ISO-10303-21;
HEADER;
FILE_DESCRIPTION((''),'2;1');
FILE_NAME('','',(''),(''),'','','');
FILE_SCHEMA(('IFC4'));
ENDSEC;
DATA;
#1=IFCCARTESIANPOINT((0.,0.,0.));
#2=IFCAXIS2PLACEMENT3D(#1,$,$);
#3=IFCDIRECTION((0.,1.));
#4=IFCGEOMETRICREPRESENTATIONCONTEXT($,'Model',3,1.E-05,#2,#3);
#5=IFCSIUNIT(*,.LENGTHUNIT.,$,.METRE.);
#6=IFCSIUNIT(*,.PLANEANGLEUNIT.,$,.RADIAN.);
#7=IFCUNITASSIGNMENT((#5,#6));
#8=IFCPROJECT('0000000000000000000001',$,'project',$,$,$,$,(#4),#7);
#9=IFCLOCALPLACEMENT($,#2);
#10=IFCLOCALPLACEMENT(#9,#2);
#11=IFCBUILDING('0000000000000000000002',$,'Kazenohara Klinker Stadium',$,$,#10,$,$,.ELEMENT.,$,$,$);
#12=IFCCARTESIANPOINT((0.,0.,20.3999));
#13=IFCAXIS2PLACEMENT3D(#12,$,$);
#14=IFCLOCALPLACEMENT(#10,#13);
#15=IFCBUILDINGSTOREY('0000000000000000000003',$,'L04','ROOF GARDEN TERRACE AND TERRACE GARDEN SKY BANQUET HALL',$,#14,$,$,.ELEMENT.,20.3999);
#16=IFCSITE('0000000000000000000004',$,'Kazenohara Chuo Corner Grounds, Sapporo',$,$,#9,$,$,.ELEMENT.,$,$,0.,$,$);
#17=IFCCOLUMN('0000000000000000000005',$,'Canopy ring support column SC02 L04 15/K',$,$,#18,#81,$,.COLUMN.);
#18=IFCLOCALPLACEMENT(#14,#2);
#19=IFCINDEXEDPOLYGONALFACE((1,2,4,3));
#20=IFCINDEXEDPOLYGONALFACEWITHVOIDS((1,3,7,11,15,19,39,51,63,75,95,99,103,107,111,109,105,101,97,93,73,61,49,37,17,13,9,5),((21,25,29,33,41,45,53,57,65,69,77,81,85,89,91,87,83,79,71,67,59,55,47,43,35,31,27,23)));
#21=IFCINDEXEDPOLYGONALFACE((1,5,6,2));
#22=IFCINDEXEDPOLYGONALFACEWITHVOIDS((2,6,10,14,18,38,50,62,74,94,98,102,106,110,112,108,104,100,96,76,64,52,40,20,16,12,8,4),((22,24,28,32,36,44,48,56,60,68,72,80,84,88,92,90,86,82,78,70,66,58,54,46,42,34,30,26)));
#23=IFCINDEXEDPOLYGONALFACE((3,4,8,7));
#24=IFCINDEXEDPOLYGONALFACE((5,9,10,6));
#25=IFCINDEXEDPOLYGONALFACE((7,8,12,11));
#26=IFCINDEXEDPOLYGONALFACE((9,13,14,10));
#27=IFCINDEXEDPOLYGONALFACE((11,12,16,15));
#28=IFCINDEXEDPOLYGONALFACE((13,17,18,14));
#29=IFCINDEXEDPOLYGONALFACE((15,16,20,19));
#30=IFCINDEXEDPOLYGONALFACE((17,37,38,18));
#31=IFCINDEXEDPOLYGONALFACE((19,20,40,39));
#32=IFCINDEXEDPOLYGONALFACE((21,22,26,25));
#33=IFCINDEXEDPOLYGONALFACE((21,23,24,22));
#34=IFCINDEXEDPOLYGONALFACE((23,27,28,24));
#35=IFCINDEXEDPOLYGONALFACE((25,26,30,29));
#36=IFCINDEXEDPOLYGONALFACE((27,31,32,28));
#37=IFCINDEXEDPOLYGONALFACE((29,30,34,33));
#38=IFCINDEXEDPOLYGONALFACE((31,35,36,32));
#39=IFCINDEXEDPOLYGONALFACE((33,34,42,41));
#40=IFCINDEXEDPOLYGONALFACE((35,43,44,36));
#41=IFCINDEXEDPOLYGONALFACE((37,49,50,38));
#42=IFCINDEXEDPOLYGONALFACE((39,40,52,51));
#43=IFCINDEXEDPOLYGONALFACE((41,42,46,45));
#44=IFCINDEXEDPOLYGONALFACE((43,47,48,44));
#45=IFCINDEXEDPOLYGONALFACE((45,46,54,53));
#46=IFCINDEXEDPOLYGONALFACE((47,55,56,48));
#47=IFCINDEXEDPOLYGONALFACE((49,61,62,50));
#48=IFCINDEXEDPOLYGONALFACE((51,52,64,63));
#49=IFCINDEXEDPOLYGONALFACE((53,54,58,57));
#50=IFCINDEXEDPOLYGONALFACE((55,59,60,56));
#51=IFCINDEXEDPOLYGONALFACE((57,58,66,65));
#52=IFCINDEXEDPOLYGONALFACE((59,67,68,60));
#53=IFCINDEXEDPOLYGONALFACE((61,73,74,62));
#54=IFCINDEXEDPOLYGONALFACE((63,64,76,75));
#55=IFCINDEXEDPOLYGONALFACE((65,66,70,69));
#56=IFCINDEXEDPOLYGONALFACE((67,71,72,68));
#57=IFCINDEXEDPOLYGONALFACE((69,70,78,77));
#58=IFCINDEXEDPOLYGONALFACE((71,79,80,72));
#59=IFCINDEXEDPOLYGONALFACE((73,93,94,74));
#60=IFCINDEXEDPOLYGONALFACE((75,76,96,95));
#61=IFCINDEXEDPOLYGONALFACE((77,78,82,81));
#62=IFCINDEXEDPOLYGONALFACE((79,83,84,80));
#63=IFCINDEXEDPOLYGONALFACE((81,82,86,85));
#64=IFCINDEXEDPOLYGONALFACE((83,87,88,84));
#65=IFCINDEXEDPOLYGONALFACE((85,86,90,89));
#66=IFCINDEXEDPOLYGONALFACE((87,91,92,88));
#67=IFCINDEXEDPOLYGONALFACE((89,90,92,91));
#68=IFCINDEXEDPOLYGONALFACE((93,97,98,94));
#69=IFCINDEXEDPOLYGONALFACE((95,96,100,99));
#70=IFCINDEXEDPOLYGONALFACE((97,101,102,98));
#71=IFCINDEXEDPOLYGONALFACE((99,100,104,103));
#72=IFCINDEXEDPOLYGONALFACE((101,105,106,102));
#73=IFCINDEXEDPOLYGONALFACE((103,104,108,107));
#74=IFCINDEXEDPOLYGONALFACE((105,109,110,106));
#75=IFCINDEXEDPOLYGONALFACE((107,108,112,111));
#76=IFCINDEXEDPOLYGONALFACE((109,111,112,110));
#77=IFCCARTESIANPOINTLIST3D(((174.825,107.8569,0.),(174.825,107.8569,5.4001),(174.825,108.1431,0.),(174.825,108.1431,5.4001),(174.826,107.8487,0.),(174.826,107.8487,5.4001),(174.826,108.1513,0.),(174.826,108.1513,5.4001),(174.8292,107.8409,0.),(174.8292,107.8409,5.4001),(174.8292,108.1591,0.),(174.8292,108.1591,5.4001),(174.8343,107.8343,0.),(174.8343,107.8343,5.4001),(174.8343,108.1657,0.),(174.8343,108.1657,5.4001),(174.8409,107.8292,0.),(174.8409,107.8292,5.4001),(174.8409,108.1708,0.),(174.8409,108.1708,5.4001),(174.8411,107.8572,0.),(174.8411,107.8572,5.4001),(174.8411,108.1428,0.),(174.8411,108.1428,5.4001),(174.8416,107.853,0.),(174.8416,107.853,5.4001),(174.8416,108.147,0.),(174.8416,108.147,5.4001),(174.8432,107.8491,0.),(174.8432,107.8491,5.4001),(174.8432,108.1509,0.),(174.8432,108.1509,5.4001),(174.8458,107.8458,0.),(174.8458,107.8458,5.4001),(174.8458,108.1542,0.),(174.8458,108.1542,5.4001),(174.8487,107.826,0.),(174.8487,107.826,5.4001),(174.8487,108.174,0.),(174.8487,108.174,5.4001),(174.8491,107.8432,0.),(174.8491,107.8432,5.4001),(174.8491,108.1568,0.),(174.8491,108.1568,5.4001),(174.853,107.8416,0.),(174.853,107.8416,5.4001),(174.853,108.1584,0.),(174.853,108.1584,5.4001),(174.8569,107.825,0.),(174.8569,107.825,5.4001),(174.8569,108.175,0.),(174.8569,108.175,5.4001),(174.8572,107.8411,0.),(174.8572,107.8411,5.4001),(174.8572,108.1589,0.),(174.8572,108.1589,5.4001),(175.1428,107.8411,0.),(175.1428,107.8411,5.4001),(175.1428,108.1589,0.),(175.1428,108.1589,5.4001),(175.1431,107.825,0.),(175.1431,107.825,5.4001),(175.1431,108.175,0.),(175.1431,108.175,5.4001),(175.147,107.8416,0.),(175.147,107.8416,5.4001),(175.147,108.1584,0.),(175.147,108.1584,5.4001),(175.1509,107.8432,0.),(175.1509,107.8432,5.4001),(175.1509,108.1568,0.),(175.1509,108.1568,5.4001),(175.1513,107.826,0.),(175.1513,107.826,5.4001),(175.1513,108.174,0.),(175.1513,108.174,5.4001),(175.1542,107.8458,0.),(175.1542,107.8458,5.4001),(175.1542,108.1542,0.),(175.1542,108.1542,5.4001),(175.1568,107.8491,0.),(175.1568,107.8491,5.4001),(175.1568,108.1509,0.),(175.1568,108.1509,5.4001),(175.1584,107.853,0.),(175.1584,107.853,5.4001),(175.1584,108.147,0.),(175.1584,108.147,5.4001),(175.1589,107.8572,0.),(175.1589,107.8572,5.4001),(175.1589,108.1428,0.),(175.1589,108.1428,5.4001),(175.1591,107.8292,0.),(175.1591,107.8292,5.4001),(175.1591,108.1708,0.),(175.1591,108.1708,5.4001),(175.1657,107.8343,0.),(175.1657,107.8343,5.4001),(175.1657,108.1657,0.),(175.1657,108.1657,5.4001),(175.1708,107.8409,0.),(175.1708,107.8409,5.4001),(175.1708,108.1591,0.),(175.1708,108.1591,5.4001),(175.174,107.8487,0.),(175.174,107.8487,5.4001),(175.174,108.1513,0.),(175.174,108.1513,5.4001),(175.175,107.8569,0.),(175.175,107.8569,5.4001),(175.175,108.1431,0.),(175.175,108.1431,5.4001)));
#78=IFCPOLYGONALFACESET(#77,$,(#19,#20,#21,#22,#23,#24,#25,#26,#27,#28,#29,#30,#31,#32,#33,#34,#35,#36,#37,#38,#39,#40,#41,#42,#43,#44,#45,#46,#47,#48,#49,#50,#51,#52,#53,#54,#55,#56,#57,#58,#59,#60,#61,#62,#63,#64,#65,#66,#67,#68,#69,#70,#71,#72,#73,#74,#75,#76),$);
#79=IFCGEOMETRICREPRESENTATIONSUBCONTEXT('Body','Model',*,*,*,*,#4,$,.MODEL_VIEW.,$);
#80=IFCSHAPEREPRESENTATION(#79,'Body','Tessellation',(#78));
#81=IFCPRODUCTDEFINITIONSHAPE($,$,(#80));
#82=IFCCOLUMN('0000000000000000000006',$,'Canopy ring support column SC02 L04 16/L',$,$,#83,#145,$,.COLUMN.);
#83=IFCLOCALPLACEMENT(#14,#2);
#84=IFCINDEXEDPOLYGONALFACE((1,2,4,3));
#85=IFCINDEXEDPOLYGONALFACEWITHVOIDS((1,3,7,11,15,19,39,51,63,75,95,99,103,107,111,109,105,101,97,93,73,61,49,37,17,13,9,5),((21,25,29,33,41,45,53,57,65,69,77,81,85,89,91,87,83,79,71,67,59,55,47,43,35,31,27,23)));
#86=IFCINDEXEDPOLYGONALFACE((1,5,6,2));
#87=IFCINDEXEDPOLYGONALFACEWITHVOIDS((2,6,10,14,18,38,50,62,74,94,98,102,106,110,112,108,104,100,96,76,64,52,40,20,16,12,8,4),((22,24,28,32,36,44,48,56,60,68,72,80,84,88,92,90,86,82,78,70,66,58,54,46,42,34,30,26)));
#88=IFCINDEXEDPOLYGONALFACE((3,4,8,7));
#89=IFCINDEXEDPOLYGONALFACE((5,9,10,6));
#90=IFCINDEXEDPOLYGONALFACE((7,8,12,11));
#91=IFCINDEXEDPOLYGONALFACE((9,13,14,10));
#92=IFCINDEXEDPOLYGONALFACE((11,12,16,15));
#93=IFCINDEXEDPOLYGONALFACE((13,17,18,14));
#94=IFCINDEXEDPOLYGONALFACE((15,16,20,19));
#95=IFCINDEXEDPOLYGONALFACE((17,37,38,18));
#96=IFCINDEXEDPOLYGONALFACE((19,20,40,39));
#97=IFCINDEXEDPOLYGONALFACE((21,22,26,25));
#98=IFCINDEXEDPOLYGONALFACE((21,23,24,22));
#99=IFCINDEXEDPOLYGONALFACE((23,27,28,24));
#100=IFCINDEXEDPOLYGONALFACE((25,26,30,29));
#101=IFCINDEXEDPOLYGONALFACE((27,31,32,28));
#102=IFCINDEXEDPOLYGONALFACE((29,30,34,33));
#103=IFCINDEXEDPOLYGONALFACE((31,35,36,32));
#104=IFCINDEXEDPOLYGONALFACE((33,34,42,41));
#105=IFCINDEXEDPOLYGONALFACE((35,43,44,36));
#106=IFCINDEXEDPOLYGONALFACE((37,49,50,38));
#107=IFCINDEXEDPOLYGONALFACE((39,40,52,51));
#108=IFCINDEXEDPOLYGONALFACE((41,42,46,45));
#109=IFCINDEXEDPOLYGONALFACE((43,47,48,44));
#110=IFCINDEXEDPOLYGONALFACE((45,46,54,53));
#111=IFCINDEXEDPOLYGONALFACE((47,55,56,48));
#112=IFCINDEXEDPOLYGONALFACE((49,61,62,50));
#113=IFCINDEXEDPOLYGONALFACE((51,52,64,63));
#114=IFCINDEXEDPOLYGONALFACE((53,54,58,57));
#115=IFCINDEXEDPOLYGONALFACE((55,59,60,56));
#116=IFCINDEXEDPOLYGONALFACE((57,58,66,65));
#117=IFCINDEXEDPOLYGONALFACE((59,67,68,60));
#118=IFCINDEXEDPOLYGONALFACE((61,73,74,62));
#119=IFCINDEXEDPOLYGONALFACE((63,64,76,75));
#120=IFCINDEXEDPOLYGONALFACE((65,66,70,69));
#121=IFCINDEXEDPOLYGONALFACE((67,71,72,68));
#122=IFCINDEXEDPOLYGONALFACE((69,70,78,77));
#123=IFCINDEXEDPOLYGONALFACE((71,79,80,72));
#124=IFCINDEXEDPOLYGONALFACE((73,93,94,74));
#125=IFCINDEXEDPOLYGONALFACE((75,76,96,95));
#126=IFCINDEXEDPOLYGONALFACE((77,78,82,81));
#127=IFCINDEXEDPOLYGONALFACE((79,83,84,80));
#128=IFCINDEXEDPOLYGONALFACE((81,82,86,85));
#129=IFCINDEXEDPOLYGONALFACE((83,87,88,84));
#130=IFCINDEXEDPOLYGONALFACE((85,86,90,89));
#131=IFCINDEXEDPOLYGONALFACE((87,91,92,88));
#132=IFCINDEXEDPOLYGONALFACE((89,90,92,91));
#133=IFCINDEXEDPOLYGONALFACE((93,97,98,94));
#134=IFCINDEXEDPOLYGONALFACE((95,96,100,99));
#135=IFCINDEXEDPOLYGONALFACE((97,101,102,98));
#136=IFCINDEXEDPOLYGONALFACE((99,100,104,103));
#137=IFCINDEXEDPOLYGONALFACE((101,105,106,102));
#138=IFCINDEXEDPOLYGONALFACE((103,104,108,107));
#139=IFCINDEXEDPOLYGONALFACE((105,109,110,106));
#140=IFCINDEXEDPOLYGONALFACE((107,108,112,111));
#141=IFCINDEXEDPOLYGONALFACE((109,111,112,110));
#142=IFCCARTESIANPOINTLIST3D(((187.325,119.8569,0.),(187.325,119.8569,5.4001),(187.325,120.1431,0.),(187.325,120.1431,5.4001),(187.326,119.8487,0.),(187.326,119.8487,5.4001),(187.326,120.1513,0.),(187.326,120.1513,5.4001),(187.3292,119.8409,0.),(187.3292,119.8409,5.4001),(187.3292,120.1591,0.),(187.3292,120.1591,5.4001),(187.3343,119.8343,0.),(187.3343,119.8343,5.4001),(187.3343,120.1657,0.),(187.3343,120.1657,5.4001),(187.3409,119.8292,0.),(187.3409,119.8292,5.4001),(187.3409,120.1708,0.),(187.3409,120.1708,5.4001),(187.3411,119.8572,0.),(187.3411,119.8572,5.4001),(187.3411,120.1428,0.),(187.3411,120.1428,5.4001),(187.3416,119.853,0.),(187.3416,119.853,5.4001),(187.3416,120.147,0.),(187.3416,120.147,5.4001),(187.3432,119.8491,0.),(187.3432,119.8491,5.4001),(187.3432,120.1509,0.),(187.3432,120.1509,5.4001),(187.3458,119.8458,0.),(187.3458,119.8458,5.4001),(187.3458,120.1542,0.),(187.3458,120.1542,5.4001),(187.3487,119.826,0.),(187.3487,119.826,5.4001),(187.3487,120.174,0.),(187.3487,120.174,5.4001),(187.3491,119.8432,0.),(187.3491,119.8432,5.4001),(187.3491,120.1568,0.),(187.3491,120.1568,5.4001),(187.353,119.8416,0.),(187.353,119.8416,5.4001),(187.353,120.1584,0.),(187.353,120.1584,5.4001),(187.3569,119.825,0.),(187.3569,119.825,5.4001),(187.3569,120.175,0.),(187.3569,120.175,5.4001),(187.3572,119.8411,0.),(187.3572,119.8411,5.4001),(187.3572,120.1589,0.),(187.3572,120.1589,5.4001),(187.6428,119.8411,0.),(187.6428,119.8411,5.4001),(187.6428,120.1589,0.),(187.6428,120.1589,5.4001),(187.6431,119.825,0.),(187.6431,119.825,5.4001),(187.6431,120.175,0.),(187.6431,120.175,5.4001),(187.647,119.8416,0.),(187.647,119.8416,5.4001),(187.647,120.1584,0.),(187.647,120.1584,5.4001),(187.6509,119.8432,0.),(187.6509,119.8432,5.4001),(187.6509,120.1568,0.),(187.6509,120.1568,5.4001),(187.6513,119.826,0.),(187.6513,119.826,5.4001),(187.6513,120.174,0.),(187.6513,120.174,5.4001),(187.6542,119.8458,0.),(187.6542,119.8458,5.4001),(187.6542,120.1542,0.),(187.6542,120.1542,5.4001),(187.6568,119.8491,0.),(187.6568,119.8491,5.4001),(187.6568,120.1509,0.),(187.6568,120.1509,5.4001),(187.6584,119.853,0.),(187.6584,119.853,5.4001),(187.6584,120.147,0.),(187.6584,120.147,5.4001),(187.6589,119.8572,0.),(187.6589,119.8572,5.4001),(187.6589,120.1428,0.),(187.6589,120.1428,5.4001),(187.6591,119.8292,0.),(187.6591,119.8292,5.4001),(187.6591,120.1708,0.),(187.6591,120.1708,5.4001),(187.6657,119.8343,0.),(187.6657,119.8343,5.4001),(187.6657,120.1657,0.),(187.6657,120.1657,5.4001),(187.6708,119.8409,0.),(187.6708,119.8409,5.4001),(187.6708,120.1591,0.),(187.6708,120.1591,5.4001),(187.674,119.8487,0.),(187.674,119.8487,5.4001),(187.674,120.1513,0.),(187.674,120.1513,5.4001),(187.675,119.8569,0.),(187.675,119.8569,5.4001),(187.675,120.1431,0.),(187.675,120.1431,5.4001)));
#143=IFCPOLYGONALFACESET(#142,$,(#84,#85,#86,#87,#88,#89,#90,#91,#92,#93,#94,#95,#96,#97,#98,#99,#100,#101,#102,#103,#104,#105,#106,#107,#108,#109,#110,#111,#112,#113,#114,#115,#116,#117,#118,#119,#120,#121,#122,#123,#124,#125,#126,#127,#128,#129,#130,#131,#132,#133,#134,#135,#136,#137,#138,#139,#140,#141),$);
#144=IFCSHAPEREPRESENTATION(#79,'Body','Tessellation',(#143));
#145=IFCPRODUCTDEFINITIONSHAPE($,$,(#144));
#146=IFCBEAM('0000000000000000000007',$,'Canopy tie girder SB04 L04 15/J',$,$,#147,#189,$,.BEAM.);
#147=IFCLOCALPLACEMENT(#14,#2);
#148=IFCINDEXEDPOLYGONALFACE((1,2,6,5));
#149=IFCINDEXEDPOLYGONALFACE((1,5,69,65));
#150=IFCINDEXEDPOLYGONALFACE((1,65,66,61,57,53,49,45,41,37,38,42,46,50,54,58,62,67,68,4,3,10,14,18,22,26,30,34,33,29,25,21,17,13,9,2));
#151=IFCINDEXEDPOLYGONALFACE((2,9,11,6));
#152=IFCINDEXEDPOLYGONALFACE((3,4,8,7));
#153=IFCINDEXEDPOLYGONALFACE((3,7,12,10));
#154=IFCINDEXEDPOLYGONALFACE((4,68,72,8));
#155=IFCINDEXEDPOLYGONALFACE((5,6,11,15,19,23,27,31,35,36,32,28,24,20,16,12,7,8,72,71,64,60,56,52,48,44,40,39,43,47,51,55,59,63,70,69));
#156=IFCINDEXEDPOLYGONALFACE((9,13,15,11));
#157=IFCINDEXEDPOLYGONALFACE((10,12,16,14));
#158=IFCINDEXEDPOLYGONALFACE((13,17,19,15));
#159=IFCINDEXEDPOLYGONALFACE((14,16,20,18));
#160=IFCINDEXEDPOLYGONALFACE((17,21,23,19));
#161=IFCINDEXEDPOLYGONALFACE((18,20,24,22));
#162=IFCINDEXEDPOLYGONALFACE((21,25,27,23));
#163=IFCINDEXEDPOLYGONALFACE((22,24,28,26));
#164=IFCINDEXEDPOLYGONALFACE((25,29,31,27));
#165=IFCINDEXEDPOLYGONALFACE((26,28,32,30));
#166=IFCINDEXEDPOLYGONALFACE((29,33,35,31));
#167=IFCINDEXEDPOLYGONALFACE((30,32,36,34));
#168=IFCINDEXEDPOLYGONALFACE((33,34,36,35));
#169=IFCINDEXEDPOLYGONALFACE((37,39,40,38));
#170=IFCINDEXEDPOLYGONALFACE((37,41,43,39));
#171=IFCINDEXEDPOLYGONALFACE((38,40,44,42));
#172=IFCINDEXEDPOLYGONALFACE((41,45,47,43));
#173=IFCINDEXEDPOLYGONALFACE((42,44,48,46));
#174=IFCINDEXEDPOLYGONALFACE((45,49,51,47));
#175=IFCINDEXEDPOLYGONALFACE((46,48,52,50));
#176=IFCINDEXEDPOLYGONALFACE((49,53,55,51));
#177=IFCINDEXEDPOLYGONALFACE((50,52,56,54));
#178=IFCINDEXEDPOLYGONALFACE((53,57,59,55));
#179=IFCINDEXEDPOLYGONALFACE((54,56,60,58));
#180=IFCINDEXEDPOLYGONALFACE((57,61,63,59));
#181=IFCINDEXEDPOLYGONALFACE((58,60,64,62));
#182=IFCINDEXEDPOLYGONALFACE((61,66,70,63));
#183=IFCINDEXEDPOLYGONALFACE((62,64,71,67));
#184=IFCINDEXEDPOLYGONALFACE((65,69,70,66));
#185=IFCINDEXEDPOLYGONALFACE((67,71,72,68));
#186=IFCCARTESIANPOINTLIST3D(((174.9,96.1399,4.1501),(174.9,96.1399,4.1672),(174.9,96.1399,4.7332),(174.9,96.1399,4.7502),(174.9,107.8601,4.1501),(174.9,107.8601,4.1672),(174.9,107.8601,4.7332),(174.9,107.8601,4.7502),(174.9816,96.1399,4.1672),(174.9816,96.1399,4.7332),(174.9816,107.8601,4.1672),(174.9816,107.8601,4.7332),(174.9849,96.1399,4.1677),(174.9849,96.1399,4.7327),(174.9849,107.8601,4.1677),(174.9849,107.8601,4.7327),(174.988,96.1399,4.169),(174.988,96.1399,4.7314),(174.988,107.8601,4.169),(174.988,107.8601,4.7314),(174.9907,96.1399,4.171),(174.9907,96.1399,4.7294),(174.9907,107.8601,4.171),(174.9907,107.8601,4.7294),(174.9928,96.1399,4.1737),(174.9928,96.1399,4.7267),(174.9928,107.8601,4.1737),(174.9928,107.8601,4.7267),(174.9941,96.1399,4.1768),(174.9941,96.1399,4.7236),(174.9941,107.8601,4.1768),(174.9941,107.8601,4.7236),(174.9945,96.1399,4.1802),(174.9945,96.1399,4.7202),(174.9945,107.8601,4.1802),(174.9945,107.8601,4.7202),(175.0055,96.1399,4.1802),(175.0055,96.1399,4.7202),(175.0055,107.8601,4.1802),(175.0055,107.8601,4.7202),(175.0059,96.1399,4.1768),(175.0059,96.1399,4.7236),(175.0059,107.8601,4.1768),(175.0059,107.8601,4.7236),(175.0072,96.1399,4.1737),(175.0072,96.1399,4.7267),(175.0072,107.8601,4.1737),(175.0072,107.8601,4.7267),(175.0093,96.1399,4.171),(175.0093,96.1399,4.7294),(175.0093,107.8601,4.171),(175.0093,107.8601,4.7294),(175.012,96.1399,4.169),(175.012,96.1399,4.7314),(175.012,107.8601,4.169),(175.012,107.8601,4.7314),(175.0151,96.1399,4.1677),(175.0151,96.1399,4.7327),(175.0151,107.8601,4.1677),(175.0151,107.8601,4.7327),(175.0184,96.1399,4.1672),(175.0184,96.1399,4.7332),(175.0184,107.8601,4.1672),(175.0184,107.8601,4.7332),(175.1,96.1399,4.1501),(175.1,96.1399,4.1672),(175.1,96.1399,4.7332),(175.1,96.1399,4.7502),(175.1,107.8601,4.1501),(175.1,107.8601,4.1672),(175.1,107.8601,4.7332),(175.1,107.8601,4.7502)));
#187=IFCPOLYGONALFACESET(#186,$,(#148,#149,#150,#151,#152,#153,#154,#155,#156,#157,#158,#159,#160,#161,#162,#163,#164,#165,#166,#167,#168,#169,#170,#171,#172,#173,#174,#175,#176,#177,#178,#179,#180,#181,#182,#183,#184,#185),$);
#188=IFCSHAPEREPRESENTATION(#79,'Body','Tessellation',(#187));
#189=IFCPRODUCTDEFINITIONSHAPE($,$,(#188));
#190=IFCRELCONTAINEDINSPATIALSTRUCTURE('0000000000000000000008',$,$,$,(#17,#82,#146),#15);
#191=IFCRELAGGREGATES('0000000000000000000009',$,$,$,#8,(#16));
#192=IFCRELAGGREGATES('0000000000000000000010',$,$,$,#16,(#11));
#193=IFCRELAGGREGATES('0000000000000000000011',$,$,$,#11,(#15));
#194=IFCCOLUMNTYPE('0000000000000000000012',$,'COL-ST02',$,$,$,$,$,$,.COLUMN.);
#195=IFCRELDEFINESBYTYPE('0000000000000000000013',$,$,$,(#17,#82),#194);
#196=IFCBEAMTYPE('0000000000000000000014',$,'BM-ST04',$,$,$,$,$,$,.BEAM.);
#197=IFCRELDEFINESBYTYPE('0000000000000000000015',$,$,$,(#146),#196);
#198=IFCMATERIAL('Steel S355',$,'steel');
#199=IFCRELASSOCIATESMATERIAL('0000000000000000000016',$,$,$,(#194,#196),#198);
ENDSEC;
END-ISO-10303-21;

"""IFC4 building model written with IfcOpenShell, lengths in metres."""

from ifc_helpers import new_model, si_unit, direction, frame, origin, origin_2d, place, context, subcontext, project, spatial, hollow_rectangle, i_section, extrude, material, material_profile, profile_set, type_object, element, save


model = new_model("IFC4")

# Units and contexts
model_context = context("Model", 3, precision=1e-05, world=origin(), true_north=direction((0.0, 1.0)))
body_context = subcontext(model_context, "Body", "Model", "MODEL_VIEW")
ifc_project = project(units=[si_unit("LENGTHUNIT", "METRE"), si_unit("PLANEANGLEUNIT", "RADIAN")], contexts=[model_context])

# Site, building, storey
site_placement = place(None, origin())
site = spatial("IfcSite", under=ifc_project, at=site_placement, Name="Kazenohara Chuo Corner Grounds, Sapporo", CompositionType="ELEMENT", RefElevation=0.0)
building_placement = place(site_placement, origin())
building = spatial("IfcBuilding", under=site, at=building_placement, Name="Kazenohara Klinker Stadium", CompositionType="ELEMENT")
storey_placement = place(building_placement, frame((0.0, 0.0, 20.3999)))
storey = spatial("IfcBuildingStorey", under=building, at=storey_placement, Name="L04", Description="ROOF GARDEN TERRACE AND TERRACE GARDEN SKY BANQUET HALL", CompositionType="ELEMENT", Elevation=20.3999)

# Columns
ifc_material_1 = material(Name="Steel S355", Category="steel")
ifc_material_profile_1 = material_profile(ifc_material_1, hollow_rectangle(XDim=0.3501, YDim=0.3501, WallThickness=0.0161, InnerFilletRadius=0.0161, OuterFilletRadius=0.032, at=origin_2d()), Name="SHS-350x350x16")
ifc_profile_set_1 = profile_set([ifc_material_profile_1], Name="Steel S355")
column_type_1 = type_object("IfcColumnType", Name="COL-ST02", PredefinedType="COLUMN", material=ifc_profile_set_1)
for number, where, z_axis, x_axis, name in (
    (1, (175.0, 108.0, 0.0), (0.0, 0.0, 1.0), (1.0, 0.0, 0.0), "Canopy ring support column SC02 L04 15/K"),
    (2, (187.5, 120.0, 0.0), (0.0, 0.0, 1.0), (1.0, 0.0, 0.0), "Canopy ring support column SC02 L04 16/L"),
):
    element("IfcColumn", number, at=place(storey_placement, frame(where, z_axis=z_axis, x_axis=x_axis)), inside=storey, type_object=column_type_1, Name=name, PredefinedType="COLUMN", context=body_context, shape_type="SweptSolid", body=[
        extrude(hollow_rectangle(XDim=0.3501, YDim=0.3501, WallThickness=0.0161, InnerFilletRadius=0.0161, OuterFilletRadius=0.032, at=origin_2d()), origin(), (0.0, 0.0, 1.0), 5.4001),
    ])

# Beam
ifc_material_profile_2 = material_profile(ifc_material_1, i_section(OverallWidth=0.2, OverallDepth=0.6001, WebThickness=0.011, FlangeThickness=0.0171, FilletRadius=0.0129, at=origin_2d()), Name="H-600x200x11x17")
ifc_profile_set_2 = profile_set([ifc_material_profile_2], Name="Steel S355")
beam_type = type_object("IfcBeamType", Name="BM-ST04", PredefinedType="BEAM", material=ifc_profile_set_2)
for number, where, z_axis, x_axis, name in (
    (3, (175.0, 96.1399, 4.4502), (0.0, 1.0, 0.0), (-1.0, 0.0, 0.0), "Canopy tie girder SB04 L04 15/J"),
):
    element("IfcBeam", number, at=place(storey_placement, frame(where, z_axis=z_axis, x_axis=x_axis)), inside=storey, type_object=beam_type, Name=name, PredefinedType="BEAM", context=body_context, shape_type="SweptSolid", body=[
        extrude(i_section(OverallWidth=0.2, OverallDepth=0.6001, WebThickness=0.011, FlangeThickness=0.0171, FilletRadius=0.0129, at=origin_2d()), origin(), (0.0, 0.0, 1.0), 11.7202),
    ])

save(model, "model.ifc")
